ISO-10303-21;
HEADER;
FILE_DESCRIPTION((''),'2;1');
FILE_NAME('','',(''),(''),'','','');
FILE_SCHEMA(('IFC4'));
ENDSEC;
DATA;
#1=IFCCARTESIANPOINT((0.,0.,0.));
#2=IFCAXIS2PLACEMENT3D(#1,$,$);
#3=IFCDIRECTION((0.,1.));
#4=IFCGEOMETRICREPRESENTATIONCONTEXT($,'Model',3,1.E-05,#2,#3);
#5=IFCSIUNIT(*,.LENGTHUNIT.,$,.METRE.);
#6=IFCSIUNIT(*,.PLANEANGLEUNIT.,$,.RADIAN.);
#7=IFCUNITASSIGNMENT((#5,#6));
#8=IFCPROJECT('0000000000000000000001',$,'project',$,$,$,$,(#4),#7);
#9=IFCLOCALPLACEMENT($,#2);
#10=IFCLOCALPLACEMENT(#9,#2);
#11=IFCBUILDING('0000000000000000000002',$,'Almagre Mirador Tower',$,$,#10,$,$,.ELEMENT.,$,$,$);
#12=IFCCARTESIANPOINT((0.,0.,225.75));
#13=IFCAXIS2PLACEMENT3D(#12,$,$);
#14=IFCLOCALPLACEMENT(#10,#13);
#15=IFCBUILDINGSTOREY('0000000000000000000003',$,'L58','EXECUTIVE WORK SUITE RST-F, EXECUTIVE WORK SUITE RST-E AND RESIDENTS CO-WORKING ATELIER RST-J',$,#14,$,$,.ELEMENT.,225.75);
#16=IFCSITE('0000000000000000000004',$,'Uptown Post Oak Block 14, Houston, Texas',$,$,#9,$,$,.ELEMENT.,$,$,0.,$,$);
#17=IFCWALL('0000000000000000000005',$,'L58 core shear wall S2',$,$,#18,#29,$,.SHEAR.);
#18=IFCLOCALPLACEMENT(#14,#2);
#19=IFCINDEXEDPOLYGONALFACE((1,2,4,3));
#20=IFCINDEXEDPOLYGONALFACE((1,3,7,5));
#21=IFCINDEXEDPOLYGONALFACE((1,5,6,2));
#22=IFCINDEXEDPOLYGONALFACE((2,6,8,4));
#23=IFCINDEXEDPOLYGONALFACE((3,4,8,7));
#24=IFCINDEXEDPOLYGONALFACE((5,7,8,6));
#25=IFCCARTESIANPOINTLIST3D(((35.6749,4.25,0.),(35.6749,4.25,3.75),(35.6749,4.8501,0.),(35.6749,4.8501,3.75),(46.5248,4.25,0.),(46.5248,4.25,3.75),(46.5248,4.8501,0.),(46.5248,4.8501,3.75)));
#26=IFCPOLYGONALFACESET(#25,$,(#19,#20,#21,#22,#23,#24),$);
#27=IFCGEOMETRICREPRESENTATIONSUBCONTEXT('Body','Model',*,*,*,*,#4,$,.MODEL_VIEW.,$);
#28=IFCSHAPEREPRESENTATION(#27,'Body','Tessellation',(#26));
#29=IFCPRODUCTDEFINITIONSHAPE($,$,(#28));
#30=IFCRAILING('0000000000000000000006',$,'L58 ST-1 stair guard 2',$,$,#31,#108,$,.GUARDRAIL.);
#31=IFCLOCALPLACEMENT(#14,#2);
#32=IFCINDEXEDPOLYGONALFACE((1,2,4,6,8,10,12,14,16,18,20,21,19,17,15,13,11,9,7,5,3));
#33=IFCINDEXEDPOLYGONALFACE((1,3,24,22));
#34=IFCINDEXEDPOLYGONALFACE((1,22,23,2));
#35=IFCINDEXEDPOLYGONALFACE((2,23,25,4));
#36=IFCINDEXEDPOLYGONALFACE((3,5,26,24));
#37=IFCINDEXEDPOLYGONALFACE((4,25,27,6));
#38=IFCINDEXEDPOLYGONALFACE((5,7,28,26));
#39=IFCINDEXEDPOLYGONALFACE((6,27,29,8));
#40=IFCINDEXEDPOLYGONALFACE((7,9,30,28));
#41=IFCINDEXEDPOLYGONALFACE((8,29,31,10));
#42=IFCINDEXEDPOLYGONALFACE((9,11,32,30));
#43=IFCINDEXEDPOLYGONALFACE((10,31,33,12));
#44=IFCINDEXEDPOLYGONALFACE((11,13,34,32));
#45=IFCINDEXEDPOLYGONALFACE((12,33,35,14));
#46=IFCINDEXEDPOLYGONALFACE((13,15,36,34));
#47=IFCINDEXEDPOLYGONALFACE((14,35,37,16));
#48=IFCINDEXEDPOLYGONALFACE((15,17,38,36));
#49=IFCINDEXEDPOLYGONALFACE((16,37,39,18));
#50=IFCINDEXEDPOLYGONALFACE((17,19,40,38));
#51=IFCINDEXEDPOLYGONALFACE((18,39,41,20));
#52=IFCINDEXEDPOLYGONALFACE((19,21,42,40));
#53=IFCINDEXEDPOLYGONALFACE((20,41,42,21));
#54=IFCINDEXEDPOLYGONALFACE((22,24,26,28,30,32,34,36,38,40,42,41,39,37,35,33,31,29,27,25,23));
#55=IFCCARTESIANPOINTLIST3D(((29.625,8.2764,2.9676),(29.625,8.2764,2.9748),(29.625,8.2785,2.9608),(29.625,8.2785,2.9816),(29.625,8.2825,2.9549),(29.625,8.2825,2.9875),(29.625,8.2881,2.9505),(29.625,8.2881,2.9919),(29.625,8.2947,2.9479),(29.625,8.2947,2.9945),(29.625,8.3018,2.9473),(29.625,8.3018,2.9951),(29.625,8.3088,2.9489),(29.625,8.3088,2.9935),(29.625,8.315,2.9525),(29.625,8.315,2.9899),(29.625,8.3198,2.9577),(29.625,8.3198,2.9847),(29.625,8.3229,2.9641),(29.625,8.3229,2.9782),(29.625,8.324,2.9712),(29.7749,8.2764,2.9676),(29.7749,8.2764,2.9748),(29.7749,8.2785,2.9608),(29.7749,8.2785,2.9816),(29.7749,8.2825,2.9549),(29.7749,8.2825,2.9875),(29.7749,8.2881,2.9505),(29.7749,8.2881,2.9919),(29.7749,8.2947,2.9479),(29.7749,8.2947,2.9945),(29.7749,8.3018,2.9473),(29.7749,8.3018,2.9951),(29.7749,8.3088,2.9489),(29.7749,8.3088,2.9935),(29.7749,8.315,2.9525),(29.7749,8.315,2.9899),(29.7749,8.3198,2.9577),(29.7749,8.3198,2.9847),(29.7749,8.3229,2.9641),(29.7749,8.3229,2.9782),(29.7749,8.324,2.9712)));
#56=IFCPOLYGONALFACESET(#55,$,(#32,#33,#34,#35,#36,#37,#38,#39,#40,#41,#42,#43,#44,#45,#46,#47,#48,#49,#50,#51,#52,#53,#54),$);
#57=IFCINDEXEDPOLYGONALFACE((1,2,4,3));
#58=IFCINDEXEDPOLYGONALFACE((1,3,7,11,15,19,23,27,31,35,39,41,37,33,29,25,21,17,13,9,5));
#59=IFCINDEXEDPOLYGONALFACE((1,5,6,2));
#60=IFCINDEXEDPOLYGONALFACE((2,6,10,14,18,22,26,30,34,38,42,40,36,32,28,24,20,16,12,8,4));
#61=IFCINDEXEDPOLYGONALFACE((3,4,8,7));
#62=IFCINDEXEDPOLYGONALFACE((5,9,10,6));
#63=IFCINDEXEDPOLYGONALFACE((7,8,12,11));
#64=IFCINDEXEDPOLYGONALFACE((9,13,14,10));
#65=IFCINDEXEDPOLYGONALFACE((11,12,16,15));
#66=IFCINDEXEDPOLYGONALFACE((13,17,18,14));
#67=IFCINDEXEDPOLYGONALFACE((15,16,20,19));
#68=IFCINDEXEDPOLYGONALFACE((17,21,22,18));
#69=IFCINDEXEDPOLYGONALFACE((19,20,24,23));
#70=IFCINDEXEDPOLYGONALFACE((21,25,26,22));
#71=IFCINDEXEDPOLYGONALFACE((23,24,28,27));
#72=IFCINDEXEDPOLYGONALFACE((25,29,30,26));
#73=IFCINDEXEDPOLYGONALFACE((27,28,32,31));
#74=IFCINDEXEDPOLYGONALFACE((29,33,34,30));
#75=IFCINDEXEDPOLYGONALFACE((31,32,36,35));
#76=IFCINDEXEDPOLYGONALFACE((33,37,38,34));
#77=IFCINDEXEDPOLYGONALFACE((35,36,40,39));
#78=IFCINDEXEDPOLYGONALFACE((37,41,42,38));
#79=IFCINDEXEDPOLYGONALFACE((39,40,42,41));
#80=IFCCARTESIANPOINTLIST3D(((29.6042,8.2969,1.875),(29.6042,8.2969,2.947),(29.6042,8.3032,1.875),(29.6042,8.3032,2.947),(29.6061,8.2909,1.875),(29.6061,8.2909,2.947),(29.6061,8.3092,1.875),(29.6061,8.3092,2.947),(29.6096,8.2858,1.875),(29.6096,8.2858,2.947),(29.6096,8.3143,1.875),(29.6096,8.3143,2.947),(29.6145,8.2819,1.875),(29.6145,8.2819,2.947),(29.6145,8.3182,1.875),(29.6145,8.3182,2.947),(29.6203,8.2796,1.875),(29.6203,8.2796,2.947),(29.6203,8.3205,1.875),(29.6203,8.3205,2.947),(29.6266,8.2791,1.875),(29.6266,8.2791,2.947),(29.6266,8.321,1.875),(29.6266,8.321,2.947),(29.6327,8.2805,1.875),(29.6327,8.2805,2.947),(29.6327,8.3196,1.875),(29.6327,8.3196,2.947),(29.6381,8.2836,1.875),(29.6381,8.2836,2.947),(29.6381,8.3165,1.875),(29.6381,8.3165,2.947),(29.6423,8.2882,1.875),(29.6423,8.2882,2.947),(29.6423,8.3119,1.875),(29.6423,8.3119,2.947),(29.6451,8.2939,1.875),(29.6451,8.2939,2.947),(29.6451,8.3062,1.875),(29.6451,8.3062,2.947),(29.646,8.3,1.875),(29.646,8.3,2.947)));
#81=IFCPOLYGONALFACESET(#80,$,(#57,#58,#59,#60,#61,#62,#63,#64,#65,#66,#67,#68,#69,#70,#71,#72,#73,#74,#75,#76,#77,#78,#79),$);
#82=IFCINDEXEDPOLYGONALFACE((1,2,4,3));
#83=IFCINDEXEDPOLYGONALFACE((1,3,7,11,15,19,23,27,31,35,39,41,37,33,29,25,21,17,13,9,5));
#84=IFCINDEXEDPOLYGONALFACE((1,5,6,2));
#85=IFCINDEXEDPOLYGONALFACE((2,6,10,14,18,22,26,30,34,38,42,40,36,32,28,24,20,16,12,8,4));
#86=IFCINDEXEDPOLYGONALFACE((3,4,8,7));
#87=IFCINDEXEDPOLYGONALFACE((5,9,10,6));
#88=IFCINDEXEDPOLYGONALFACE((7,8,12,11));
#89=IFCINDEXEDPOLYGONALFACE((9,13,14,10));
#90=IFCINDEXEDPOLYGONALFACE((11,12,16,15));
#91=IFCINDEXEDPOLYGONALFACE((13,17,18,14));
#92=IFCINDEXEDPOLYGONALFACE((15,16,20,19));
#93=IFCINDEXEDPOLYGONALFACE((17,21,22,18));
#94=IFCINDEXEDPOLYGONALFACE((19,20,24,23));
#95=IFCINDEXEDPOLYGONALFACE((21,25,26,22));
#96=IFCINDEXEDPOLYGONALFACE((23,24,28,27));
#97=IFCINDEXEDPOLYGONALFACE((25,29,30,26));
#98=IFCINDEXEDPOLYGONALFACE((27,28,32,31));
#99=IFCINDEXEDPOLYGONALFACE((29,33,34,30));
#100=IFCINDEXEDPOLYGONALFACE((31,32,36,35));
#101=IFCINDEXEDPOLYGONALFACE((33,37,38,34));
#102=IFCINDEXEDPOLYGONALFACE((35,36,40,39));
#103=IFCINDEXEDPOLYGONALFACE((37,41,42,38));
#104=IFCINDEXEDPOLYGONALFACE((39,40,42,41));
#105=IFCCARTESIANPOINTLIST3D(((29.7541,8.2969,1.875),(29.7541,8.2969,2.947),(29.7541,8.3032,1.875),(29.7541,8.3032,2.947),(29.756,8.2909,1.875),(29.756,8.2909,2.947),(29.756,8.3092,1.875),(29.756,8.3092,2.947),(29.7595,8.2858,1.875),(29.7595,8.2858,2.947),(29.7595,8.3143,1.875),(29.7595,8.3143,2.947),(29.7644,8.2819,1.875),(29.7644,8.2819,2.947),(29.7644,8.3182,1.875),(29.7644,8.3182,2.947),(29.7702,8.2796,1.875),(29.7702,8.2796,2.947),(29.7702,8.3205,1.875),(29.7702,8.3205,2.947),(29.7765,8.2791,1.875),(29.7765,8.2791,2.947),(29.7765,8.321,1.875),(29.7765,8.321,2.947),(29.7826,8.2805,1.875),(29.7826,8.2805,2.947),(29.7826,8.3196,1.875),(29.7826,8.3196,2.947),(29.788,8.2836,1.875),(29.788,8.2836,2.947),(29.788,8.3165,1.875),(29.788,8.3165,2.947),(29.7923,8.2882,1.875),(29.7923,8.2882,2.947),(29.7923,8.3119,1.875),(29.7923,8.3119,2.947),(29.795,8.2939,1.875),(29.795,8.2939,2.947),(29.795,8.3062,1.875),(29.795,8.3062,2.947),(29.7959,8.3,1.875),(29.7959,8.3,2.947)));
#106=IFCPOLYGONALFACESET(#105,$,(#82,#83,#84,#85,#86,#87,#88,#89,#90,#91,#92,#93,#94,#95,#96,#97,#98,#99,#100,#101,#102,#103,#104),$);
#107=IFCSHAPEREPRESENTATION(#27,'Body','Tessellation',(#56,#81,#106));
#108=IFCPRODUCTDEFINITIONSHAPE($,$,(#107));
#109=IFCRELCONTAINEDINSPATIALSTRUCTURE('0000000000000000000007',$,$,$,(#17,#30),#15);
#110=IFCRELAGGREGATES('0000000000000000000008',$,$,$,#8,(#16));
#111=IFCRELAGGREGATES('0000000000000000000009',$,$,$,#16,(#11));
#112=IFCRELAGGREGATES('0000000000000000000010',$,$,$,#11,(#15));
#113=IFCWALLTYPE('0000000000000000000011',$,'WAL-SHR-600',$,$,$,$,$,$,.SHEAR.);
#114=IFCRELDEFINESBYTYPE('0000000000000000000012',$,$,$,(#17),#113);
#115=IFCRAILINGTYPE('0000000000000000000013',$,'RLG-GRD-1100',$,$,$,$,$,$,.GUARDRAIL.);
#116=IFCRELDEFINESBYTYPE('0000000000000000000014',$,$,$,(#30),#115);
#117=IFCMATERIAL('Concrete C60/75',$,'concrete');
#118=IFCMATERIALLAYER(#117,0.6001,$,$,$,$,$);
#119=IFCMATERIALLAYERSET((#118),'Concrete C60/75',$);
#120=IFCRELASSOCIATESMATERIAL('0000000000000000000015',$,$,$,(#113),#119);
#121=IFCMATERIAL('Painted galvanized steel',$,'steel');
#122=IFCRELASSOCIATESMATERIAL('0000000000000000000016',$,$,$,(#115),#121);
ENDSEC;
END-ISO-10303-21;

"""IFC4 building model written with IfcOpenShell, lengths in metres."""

from ifc_helpers import new_model, si_unit, direction, frame, frame_2d, origin, origin_2d, place, context, subcontext, project, spatial, rectangle, circle, extrude, material, layer, layer_set, type_object, element, save


model = new_model("IFC4")

# Units and contexts
model_context = context("Model", 3, precision=1e-05, world=origin(), true_north=direction((0.0, 1.0)))
body_context = subcontext(model_context, "Body", "Model", "MODEL_VIEW")
ifc_project = project(units=[si_unit("LENGTHUNIT", "METRE"), si_unit("PLANEANGLEUNIT", "RADIAN")], contexts=[model_context])

# Site, building, storey
site_placement = place(None, origin())
site = spatial("IfcSite", under=ifc_project, at=site_placement, Name="Uptown Post Oak Block 14, Houston, Texas", CompositionType="ELEMENT", RefElevation=0.0)
building_placement = place(site_placement, origin())
building = spatial("IfcBuilding", under=site, at=building_placement, Name="Almagre Mirador Tower", CompositionType="ELEMENT")
storey_placement = place(building_placement, frame((0.0, 0.0, 225.75)))
storey = spatial("IfcBuildingStorey", under=building, at=storey_placement, Name="L58", Description="EXECUTIVE WORK SUITE RST-F, EXECUTIVE WORK SUITE RST-E AND RESIDENTS CO-WORKING ATELIER RST-J", CompositionType="ELEMENT", Elevation=225.75)

# Wall
ifc_material_1 = material(Name="Concrete C60/75", Category="concrete")
ifc_layer_1 = layer(ifc_material_1, 0.6001)
ifc_layer_set_1 = layer_set([ifc_layer_1], Name="Concrete C60/75")
wall_type_1 = type_object("IfcWallType", Name="WAL-SHR-600", PredefinedType="SHEAR", material=ifc_layer_set_1)
wall_1_placement = place(storey_placement, frame((35.675, 4.55, 0.0), z_axis=(0.0, 0.0, 1.0), x_axis=(1.0, 0.0, 0.0)))
element("IfcWall", 1, at=wall_1_placement, inside=storey, type_object=wall_type_1, Name="L58 core shear wall S2", PredefinedType="SHEAR", context=body_context, shape_type="SweptSolid", body=[
    extrude(rectangle(XDim=10.8499, YDim=0.6001, at=frame_2d((5.4248, 0.0))), origin(), (0.0, 0.0, 1.0), 3.75),
])

# Railing
ifc_material_2 = material(Name="Painted galvanized steel", Category="steel")
railing_type = type_object("IfcRailingType", Name="RLG-GRD-1100", PredefinedType="GUARDRAIL", material=ifc_material_2)
railing_1_placement = place(storey_placement, frame((29.625, 8.3, 1.875)))
element("IfcRailing", 2, at=railing_1_placement, inside=storey, type_object=railing_type, Name="L58 ST-1 stair guard 2", PredefinedType="GUARDRAIL", context=body_context, shape_type="SweptSolid", body=[
    extrude(circle(Radius=0.0239, at=origin_2d()), frame((0.0, 0.0, 1.0962), z_axis=(1.0, 0.0, 0.0), x_axis=(0.0, 1.0, 0.0)), (0.0, 0.0, 1.0), 0.1499),
    extrude(circle(Radius=0.021, at=origin_2d()), origin(), (0.0, 0.0, 1.0), 1.072),
    extrude(circle(Radius=0.021, at=origin_2d()), frame((0.1499, 0.0, 0.0)), (0.0, 0.0, 1.0), 1.072),
])

save(model, "model.ifc")
